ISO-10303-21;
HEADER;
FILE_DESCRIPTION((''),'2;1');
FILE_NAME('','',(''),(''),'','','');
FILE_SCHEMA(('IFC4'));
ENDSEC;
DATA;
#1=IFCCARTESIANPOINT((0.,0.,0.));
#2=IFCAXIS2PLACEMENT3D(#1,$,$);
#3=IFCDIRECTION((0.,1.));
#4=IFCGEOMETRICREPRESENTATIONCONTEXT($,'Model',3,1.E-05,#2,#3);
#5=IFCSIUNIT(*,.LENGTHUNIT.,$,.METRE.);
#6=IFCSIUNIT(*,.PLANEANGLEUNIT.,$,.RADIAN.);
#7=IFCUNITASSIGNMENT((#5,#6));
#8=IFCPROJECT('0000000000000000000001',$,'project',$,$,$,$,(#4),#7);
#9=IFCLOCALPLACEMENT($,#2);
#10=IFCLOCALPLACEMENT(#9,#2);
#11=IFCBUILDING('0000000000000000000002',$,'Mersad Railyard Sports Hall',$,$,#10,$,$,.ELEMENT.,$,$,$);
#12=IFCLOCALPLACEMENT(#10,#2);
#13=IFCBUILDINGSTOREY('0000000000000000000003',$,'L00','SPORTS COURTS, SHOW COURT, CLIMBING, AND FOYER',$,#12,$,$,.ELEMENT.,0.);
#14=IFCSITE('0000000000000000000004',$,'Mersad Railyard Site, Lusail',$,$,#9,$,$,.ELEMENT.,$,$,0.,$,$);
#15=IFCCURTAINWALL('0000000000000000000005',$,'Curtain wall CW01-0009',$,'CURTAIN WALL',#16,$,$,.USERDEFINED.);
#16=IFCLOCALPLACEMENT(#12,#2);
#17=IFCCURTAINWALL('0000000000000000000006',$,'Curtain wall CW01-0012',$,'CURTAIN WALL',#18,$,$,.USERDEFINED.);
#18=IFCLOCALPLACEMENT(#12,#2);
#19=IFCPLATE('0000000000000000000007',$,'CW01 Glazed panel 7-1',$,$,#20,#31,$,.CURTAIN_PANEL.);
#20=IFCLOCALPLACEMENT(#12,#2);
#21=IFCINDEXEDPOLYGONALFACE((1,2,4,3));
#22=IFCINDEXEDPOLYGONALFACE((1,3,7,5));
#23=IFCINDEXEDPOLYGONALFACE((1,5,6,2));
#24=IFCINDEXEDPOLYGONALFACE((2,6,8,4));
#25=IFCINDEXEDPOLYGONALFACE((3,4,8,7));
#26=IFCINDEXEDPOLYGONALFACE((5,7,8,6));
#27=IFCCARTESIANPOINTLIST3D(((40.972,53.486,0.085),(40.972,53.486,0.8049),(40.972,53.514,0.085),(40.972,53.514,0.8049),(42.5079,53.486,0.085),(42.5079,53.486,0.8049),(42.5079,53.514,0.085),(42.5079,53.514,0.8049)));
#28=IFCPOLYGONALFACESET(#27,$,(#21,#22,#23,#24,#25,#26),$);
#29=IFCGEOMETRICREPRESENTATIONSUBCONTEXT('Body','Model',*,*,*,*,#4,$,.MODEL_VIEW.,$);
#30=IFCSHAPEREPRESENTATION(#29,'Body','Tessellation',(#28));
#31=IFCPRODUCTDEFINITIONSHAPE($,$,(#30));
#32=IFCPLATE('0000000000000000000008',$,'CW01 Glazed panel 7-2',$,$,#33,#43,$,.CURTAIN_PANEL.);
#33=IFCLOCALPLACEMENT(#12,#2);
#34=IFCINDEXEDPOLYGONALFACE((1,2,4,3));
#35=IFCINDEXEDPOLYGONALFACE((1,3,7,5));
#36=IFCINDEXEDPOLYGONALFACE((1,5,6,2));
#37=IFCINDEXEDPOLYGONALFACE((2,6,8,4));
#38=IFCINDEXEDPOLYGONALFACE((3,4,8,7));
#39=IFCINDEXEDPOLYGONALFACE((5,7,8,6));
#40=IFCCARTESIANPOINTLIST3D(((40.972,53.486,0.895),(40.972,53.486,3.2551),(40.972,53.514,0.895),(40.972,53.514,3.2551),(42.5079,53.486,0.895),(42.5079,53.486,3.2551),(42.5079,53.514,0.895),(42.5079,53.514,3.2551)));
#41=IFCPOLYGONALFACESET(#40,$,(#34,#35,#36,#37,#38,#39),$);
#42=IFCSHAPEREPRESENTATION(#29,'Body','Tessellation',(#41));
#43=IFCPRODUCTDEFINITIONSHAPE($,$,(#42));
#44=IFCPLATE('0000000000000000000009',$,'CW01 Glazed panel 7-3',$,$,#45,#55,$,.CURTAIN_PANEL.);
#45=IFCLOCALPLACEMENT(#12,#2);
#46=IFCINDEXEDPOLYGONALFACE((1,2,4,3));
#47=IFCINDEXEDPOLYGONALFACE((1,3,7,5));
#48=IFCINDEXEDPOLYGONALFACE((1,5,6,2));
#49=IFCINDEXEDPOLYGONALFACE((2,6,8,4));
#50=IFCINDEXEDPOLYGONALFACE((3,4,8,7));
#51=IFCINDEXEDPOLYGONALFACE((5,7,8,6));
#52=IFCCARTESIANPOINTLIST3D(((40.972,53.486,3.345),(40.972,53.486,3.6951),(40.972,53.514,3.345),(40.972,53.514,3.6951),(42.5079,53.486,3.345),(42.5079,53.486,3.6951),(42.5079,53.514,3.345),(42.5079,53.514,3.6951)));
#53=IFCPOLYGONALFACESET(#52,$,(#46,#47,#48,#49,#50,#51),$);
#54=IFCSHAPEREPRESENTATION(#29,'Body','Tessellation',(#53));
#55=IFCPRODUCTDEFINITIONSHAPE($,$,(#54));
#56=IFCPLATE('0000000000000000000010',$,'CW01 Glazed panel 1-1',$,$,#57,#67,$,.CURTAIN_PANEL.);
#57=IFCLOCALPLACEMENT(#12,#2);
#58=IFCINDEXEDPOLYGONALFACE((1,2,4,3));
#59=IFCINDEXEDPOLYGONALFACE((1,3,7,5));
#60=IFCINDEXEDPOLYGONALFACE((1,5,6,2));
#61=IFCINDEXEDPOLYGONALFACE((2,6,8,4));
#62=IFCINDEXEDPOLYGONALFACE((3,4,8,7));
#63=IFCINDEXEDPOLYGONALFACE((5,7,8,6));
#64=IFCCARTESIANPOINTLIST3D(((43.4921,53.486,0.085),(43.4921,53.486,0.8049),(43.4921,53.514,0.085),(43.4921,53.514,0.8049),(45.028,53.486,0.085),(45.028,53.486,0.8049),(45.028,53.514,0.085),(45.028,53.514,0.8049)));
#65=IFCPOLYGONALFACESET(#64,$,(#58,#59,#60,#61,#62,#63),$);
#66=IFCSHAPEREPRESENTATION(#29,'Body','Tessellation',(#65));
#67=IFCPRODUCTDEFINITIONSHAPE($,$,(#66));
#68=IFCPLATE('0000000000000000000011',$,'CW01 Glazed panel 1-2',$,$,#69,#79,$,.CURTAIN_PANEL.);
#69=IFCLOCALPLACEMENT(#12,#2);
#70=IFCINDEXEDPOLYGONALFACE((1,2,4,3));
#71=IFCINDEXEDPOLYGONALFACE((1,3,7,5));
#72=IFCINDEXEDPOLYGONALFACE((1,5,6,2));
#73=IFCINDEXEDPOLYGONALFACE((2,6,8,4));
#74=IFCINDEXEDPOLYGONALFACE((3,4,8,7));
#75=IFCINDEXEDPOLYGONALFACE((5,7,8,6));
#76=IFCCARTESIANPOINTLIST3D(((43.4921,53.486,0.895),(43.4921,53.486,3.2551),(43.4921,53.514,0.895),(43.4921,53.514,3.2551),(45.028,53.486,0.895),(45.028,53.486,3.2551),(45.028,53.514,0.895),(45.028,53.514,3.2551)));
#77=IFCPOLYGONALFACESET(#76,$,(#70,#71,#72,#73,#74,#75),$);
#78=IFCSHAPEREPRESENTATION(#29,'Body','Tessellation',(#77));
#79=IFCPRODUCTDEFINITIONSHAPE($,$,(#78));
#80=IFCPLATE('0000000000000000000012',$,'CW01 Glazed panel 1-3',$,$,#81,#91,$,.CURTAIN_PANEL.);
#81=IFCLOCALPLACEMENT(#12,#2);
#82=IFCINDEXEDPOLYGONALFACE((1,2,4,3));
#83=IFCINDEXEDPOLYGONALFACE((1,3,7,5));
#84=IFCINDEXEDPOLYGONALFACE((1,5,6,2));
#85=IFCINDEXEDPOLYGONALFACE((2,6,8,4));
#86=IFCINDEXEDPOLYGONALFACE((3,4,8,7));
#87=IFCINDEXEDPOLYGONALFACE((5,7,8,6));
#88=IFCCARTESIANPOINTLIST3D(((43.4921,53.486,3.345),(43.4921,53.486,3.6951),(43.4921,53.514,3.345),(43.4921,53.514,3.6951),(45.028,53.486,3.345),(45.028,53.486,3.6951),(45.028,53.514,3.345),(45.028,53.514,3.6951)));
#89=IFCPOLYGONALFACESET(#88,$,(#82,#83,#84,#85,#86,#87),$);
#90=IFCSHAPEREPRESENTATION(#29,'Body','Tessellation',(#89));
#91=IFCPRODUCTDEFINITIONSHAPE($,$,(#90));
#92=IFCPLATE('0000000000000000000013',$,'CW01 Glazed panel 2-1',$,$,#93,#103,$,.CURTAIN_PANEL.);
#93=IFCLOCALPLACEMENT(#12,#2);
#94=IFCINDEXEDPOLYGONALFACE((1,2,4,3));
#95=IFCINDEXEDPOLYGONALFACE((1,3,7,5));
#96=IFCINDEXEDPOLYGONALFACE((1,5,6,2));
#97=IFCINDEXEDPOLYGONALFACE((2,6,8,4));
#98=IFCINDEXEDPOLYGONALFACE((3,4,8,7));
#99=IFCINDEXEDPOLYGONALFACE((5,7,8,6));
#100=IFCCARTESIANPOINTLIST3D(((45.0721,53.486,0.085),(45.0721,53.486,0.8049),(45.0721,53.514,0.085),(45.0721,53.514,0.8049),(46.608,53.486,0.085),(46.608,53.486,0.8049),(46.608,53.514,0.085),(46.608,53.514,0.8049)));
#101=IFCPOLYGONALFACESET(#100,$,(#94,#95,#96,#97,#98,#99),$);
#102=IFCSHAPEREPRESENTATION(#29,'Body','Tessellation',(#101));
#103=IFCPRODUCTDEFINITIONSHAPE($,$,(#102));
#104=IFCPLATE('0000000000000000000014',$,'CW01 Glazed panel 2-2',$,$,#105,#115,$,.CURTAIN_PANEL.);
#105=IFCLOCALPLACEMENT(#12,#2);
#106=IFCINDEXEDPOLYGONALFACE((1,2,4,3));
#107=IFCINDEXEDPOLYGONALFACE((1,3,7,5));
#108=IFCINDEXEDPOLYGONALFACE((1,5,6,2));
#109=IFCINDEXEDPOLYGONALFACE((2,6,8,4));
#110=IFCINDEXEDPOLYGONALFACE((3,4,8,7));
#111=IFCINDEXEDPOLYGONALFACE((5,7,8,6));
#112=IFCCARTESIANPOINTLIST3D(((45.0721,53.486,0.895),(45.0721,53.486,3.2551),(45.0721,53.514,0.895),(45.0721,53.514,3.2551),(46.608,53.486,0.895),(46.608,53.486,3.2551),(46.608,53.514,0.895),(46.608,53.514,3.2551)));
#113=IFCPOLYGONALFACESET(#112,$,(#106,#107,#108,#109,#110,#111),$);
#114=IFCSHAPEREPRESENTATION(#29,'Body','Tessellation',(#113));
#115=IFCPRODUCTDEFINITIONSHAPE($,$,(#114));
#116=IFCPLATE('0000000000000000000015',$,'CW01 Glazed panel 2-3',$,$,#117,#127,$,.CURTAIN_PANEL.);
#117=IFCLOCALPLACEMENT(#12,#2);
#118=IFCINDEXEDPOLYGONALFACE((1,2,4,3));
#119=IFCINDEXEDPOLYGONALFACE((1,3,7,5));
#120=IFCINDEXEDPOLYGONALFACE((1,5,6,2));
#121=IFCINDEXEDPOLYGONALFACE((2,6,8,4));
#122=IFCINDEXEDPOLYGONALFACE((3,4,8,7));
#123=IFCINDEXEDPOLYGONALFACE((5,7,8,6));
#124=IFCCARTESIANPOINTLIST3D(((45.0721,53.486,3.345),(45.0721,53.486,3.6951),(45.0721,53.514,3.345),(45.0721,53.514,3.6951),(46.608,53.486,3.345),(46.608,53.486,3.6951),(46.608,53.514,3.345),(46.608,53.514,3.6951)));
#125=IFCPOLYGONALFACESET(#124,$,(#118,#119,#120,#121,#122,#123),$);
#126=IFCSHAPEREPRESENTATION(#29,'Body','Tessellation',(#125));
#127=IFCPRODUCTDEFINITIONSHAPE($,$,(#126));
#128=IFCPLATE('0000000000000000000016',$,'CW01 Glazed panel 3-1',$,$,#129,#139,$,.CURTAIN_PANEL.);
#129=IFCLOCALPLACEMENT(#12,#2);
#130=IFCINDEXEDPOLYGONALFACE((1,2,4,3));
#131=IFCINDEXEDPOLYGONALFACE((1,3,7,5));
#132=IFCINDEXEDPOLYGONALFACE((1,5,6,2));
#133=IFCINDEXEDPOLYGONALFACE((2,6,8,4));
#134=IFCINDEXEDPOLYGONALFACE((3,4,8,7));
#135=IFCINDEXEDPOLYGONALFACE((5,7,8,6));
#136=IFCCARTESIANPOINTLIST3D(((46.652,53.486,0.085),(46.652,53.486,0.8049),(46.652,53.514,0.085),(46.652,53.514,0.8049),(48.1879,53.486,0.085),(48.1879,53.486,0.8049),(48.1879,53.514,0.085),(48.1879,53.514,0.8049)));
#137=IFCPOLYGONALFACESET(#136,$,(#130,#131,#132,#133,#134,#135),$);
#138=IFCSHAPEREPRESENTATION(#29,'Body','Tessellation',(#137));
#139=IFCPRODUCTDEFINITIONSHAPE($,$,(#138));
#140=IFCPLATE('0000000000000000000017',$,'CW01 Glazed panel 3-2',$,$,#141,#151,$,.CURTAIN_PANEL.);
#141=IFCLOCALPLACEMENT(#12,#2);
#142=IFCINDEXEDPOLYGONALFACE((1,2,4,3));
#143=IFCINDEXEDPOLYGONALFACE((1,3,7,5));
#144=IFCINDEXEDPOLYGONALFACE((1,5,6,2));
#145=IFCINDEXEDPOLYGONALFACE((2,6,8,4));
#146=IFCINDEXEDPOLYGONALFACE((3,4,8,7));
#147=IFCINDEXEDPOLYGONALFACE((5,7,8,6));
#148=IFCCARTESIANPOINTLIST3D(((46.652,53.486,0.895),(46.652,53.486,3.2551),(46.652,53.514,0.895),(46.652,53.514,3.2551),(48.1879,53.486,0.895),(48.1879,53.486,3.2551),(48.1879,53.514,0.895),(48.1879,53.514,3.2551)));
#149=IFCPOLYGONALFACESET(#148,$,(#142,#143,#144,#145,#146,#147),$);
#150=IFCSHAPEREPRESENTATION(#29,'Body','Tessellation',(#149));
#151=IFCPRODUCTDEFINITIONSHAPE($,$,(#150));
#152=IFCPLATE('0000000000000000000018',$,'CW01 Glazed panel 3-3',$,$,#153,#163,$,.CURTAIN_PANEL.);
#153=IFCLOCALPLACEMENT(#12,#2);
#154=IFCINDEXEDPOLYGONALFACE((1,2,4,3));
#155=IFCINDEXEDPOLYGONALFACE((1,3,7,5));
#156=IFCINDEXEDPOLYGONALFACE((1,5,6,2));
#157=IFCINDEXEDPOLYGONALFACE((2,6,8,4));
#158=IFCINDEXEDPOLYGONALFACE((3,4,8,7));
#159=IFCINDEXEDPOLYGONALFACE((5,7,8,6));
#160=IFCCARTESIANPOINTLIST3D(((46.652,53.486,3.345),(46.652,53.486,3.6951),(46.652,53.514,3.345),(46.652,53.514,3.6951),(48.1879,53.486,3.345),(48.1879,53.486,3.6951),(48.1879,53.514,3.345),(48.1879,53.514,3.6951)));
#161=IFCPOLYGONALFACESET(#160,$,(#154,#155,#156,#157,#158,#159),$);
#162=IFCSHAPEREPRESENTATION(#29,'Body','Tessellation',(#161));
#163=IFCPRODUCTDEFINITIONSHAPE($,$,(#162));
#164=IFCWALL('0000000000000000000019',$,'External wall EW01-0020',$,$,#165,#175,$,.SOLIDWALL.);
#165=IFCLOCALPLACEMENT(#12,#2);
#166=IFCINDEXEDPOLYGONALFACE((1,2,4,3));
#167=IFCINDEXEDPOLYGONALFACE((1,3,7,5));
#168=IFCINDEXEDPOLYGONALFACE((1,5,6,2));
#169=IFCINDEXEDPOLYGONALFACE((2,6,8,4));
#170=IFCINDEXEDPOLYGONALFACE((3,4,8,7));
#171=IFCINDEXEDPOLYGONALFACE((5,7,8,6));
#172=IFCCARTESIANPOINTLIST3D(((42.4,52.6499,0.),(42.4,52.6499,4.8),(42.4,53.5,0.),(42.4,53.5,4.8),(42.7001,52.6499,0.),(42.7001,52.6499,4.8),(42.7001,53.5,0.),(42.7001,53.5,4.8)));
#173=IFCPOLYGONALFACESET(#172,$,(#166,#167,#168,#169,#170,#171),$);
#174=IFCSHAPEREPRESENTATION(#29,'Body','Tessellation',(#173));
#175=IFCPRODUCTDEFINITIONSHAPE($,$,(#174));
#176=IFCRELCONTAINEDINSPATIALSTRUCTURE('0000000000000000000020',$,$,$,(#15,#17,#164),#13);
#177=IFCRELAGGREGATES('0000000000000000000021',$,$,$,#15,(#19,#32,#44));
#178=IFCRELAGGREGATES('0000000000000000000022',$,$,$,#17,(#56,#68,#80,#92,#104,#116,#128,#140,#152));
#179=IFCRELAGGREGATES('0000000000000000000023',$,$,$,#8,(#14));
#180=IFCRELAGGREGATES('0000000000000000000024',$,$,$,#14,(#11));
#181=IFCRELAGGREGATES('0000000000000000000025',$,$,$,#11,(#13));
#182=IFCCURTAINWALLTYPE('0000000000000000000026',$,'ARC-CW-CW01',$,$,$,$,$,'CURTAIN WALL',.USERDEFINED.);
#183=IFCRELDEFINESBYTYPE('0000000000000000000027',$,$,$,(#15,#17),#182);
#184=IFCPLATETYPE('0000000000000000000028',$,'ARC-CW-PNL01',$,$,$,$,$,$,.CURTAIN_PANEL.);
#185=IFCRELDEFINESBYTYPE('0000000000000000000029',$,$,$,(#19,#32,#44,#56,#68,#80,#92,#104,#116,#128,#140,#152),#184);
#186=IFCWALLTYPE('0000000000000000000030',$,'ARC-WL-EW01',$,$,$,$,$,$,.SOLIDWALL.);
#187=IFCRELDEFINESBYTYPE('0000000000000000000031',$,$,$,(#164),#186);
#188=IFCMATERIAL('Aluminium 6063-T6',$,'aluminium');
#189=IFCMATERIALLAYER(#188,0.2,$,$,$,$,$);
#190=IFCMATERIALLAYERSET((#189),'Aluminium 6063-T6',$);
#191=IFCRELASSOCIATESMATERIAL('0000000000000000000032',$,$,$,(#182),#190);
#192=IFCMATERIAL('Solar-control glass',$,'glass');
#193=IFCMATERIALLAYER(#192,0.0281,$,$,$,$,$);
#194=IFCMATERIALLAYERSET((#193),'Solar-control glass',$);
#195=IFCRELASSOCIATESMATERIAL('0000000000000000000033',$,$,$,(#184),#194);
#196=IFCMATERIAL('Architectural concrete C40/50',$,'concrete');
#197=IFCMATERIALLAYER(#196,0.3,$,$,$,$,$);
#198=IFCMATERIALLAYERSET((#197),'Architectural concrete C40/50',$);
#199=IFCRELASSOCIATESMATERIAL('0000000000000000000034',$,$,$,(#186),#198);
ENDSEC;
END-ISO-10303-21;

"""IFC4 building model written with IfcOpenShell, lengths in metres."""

from ifc_helpers import new_model, si_unit, direction, frame, frame_2d, origin, origin_2d, place, context, subcontext, project, spatial, rectangle, extrude, material, layer, layer_set, type_object, element, aggregate, save


model = new_model("IFC4")

# Units and contexts
model_context = context("Model", 3, precision=1e-05, world=origin(), true_north=direction((0.0, 1.0)))
body_context = subcontext(model_context, "Body", "Model", "MODEL_VIEW")
ifc_project = project(units=[si_unit("LENGTHUNIT", "METRE"), si_unit("PLANEANGLEUNIT", "RADIAN")], contexts=[model_context])

# Site, building, storey
site_placement = place(None, origin())
site = spatial("IfcSite", under=ifc_project, at=site_placement, Name="Mersad Railyard Site, Lusail", CompositionType="ELEMENT", RefElevation=0.0)
building_placement = place(site_placement, origin())
building = spatial("IfcBuilding", under=site, at=building_placement, Name="Mersad Railyard Sports Hall", CompositionType="ELEMENT")
storey_placement = place(building_placement, origin())
storey = spatial("IfcBuildingStorey", under=building, at=storey_placement, Name="L00", Description="SPORTS COURTS, SHOW COURT, CLIMBING, AND FOYER", CompositionType="ELEMENT", Elevation=0.0)

# Curtain wall
ifc_material_1 = material(Name="Aluminium 6063-T6", Category="aluminium")
ifc_layer_1 = layer(ifc_material_1, 0.2)
ifc_layer_set_1 = layer_set([ifc_layer_1], Name="Aluminium 6063-T6")
curtain_wall_type = type_object("IfcCurtainWallType", Name="ARC-CW-CW01", ElementType="CURTAIN WALL", PredefinedType="USERDEFINED", material=ifc_layer_set_1)
curtain_wall_1_placement = place(storey_placement, origin())
curtain_wall_1 = element("IfcCurtainWall", 1, at=curtain_wall_1_placement, inside=storey, type_object=curtain_wall_type, Name="Curtain wall CW01-0009", ObjectType="CURTAIN WALL", PredefinedType="USERDEFINED")

# Curtain wall
curtain_wall_2_placement = place(storey_placement, origin())
curtain_wall_2 = element("IfcCurtainWall", 2, at=curtain_wall_2_placement, inside=storey, type_object=curtain_wall_type, Name="Curtain wall CW01-0012", ObjectType="CURTAIN WALL", PredefinedType="USERDEFINED")

# Plates
ifc_material_2 = material(Name="Solar-control glass", Category="glass")
ifc_layer_2 = layer(ifc_material_2, 0.0281)
ifc_layer_set_2 = layer_set([ifc_layer_2], Name="Solar-control glass")
plate_type = type_object("IfcPlateType", Name="ARC-CW-PNL01", PredefinedType="CURTAIN_PANEL", material=ifc_layer_set_2)
plate_1_placement = place(storey_placement, frame((41.74, 53.5, 0.085), z_axis=(0.0, 0.0, 1.0), x_axis=(1.0, 0.0, 0.0)))
plate_1 = element("IfcPlate", 3, at=plate_1_placement, type_object=plate_type, Name="CW01 Glazed panel 7-1", PredefinedType="CURTAIN_PANEL", context=body_context, shape_type="SweptSolid", body=[
    extrude(rectangle(XDim=1.5359, YDim=0.0281, at=origin_2d()), origin(), (0.0, 0.0, 1.0), 0.72),
])
plate_2_placement = place(storey_placement, frame((41.74, 53.5, 0.895), z_axis=(0.0, 0.0, 1.0), x_axis=(1.0, 0.0, 0.0)))
plate_2 = element("IfcPlate", 4, at=plate_2_placement, type_object=plate_type, Name="CW01 Glazed panel 7-2", PredefinedType="CURTAIN_PANEL", context=body_context, shape_type="SweptSolid", body=[
    extrude(rectangle(XDim=1.5359, YDim=0.0281, at=origin_2d()), origin(), (0.0, 0.0, 1.0), 2.3601),
])
plate_3_placement = place(storey_placement, frame((41.74, 53.5, 3.345), z_axis=(0.0, 0.0, 1.0), x_axis=(1.0, 0.0, 0.0)))
plate_3 = element("IfcPlate", 5, at=plate_3_placement, type_object=plate_type, Name="CW01 Glazed panel 7-3", PredefinedType="CURTAIN_PANEL", context=body_context, shape_type="SweptSolid", body=[
    extrude(rectangle(XDim=1.5359, YDim=0.0281, at=origin_2d()), origin(), (0.0, 0.0, 1.0), 0.3501),
])
aggregate(curtain_wall_1, [plate_1, plate_2, plate_3])
plate_4_placement = place(storey_placement, frame((44.26, 53.5, 0.085), z_axis=(0.0, 0.0, 1.0), x_axis=(1.0, 0.0, 0.0)))
plate_4 = element("IfcPlate", 6, at=plate_4_placement, type_object=plate_type, Name="CW01 Glazed panel 1-1", PredefinedType="CURTAIN_PANEL", context=body_context, shape_type="SweptSolid", body=[
    extrude(rectangle(XDim=1.5359, YDim=0.0281, at=origin_2d()), origin(), (0.0, 0.0, 1.0), 0.72),
])
plate_5_placement = place(storey_placement, frame((44.26, 53.5, 0.895), z_axis=(0.0, 0.0, 1.0), x_axis=(1.0, 0.0, 0.0)))
plate_5 = element("IfcPlate", 7, at=plate_5_placement, type_object=plate_type, Name="CW01 Glazed panel 1-2", PredefinedType="CURTAIN_PANEL", context=body_context, shape_type="SweptSolid", body=[
    extrude(rectangle(XDim=1.5359, YDim=0.0281, at=origin_2d()), origin(), (0.0, 0.0, 1.0), 2.3601),
])
plate_6_placement = place(storey_placement, frame((44.26, 53.5, 3.345), z_axis=(0.0, 0.0, 1.0), x_axis=(1.0, 0.0, 0.0)))
plate_6 = element("IfcPlate", 8, at=plate_6_placement, type_object=plate_type, Name="CW01 Glazed panel 1-3", PredefinedType="CURTAIN_PANEL", context=body_context, shape_type="SweptSolid", body=[
    extrude(rectangle(XDim=1.5359, YDim=0.0281, at=origin_2d()), origin(), (0.0, 0.0, 1.0), 0.3501),
])
plate_7_placement = place(storey_placement, frame((45.8401, 53.5, 0.085), z_axis=(0.0, 0.0, 1.0), x_axis=(1.0, 0.0, 0.0)))
plate_7 = element("IfcPlate", 9, at=plate_7_placement, type_object=plate_type, Name="CW01 Glazed panel 2-1", PredefinedType="CURTAIN_PANEL", context=body_context, shape_type="SweptSolid", body=[
    extrude(rectangle(XDim=1.5359, YDim=0.0281, at=origin_2d()), origin(), (0.0, 0.0, 1.0), 0.72),
])
plate_8_placement = place(storey_placement, frame((45.8401, 53.5, 0.895), z_axis=(0.0, 0.0, 1.0), x_axis=(1.0, 0.0, 0.0)))
plate_8 = element("IfcPlate", 10, at=plate_8_placement, type_object=plate_type, Name="CW01 Glazed panel 2-2", PredefinedType="CURTAIN_PANEL", context=body_context, shape_type="SweptSolid", body=[
    extrude(rectangle(XDim=1.5359, YDim=0.0281, at=origin_2d()), origin(), (0.0, 0.0, 1.0), 2.3601),
])
plate_9_placement = place(storey_placement, frame((45.8401, 53.5, 3.345), z_axis=(0.0, 0.0, 1.0), x_axis=(1.0, 0.0, 0.0)))
plate_9 = element("IfcPlate", 11, at=plate_9_placement, type_object=plate_type, Name="CW01 Glazed panel 2-3", PredefinedType="CURTAIN_PANEL", context=body_context, shape_type="SweptSolid", body=[
    extrude(rectangle(XDim=1.5359, YDim=0.0281, at=origin_2d()), origin(), (0.0, 0.0, 1.0), 0.3501),
])
plate_10_placement = place(storey_placement, frame((47.4199, 53.5, 0.085), z_axis=(0.0, 0.0, 1.0), x_axis=(1.0, 0.0, 0.0)))
plate_10 = element("IfcPlate", 12, at=plate_10_placement, type_object=plate_type, Name="CW01 Glazed panel 3-1", PredefinedType="CURTAIN_PANEL", context=body_context, shape_type="SweptSolid", body=[
    extrude(rectangle(XDim=1.5359, YDim=0.0281, at=origin_2d()), origin(), (0.0, 0.0, 1.0), 0.72),
])
plate_11_placement = place(storey_placement, frame((47.4199, 53.5, 0.895), z_axis=(0.0, 0.0, 1.0), x_axis=(1.0, 0.0, 0.0)))
plate_11 = element("IfcPlate", 13, at=plate_11_placement, type_object=plate_type, Name="CW01 Glazed panel 3-2", PredefinedType="CURTAIN_PANEL", context=body_context, shape_type="SweptSolid", body=[
    extrude(rectangle(XDim=1.5359, YDim=0.0281, at=origin_2d()), origin(), (0.0, 0.0, 1.0), 2.3601),
])
plate_12_placement = place(storey_placement, frame((47.4199, 53.5, 3.345), z_axis=(0.0, 0.0, 1.0), x_axis=(1.0, 0.0, 0.0)))
plate_12 = element("IfcPlate", 14, at=plate_12_placement, type_object=plate_type, Name="CW01 Glazed panel 3-3", PredefinedType="CURTAIN_PANEL", context=body_context, shape_type="SweptSolid", body=[
    extrude(rectangle(XDim=1.5359, YDim=0.0281, at=origin_2d()), origin(), (0.0, 0.0, 1.0), 0.3501),
])
aggregate(curtain_wall_2, [plate_4, plate_5, plate_6, plate_7, plate_8, plate_9, plate_10, plate_11, plate_12])

# Wall
ifc_material_3 = material(Name="Architectural concrete C40/50", Category="concrete")
ifc_layer_3 = layer(ifc_material_3, 0.3)
ifc_layer_set_3 = layer_set([ifc_layer_3], Name="Architectural concrete C40/50")
wall_type = type_object("IfcWallType", Name="ARC-WL-EW01", PredefinedType="SOLIDWALL", material=ifc_layer_set_3)
wall_placement = place(storey_placement, frame((42.55, 53.5, 0.0), z_axis=(0.0, 0.0, 1.0), x_axis=(0.0, -1.0, 0.0)))
element("IfcWall", 15, at=wall_placement, inside=storey, type_object=wall_type, Name="External wall EW01-0020", PredefinedType="SOLIDWALL", context=body_context, shape_type="SweptSolid", body=[
    extrude(rectangle(XDim=0.8501, YDim=0.3, at=frame_2d((0.425, 0.0))), origin(), (0.0, 0.0, 1.0), 4.8),
])

save(model, "model.ifc")
